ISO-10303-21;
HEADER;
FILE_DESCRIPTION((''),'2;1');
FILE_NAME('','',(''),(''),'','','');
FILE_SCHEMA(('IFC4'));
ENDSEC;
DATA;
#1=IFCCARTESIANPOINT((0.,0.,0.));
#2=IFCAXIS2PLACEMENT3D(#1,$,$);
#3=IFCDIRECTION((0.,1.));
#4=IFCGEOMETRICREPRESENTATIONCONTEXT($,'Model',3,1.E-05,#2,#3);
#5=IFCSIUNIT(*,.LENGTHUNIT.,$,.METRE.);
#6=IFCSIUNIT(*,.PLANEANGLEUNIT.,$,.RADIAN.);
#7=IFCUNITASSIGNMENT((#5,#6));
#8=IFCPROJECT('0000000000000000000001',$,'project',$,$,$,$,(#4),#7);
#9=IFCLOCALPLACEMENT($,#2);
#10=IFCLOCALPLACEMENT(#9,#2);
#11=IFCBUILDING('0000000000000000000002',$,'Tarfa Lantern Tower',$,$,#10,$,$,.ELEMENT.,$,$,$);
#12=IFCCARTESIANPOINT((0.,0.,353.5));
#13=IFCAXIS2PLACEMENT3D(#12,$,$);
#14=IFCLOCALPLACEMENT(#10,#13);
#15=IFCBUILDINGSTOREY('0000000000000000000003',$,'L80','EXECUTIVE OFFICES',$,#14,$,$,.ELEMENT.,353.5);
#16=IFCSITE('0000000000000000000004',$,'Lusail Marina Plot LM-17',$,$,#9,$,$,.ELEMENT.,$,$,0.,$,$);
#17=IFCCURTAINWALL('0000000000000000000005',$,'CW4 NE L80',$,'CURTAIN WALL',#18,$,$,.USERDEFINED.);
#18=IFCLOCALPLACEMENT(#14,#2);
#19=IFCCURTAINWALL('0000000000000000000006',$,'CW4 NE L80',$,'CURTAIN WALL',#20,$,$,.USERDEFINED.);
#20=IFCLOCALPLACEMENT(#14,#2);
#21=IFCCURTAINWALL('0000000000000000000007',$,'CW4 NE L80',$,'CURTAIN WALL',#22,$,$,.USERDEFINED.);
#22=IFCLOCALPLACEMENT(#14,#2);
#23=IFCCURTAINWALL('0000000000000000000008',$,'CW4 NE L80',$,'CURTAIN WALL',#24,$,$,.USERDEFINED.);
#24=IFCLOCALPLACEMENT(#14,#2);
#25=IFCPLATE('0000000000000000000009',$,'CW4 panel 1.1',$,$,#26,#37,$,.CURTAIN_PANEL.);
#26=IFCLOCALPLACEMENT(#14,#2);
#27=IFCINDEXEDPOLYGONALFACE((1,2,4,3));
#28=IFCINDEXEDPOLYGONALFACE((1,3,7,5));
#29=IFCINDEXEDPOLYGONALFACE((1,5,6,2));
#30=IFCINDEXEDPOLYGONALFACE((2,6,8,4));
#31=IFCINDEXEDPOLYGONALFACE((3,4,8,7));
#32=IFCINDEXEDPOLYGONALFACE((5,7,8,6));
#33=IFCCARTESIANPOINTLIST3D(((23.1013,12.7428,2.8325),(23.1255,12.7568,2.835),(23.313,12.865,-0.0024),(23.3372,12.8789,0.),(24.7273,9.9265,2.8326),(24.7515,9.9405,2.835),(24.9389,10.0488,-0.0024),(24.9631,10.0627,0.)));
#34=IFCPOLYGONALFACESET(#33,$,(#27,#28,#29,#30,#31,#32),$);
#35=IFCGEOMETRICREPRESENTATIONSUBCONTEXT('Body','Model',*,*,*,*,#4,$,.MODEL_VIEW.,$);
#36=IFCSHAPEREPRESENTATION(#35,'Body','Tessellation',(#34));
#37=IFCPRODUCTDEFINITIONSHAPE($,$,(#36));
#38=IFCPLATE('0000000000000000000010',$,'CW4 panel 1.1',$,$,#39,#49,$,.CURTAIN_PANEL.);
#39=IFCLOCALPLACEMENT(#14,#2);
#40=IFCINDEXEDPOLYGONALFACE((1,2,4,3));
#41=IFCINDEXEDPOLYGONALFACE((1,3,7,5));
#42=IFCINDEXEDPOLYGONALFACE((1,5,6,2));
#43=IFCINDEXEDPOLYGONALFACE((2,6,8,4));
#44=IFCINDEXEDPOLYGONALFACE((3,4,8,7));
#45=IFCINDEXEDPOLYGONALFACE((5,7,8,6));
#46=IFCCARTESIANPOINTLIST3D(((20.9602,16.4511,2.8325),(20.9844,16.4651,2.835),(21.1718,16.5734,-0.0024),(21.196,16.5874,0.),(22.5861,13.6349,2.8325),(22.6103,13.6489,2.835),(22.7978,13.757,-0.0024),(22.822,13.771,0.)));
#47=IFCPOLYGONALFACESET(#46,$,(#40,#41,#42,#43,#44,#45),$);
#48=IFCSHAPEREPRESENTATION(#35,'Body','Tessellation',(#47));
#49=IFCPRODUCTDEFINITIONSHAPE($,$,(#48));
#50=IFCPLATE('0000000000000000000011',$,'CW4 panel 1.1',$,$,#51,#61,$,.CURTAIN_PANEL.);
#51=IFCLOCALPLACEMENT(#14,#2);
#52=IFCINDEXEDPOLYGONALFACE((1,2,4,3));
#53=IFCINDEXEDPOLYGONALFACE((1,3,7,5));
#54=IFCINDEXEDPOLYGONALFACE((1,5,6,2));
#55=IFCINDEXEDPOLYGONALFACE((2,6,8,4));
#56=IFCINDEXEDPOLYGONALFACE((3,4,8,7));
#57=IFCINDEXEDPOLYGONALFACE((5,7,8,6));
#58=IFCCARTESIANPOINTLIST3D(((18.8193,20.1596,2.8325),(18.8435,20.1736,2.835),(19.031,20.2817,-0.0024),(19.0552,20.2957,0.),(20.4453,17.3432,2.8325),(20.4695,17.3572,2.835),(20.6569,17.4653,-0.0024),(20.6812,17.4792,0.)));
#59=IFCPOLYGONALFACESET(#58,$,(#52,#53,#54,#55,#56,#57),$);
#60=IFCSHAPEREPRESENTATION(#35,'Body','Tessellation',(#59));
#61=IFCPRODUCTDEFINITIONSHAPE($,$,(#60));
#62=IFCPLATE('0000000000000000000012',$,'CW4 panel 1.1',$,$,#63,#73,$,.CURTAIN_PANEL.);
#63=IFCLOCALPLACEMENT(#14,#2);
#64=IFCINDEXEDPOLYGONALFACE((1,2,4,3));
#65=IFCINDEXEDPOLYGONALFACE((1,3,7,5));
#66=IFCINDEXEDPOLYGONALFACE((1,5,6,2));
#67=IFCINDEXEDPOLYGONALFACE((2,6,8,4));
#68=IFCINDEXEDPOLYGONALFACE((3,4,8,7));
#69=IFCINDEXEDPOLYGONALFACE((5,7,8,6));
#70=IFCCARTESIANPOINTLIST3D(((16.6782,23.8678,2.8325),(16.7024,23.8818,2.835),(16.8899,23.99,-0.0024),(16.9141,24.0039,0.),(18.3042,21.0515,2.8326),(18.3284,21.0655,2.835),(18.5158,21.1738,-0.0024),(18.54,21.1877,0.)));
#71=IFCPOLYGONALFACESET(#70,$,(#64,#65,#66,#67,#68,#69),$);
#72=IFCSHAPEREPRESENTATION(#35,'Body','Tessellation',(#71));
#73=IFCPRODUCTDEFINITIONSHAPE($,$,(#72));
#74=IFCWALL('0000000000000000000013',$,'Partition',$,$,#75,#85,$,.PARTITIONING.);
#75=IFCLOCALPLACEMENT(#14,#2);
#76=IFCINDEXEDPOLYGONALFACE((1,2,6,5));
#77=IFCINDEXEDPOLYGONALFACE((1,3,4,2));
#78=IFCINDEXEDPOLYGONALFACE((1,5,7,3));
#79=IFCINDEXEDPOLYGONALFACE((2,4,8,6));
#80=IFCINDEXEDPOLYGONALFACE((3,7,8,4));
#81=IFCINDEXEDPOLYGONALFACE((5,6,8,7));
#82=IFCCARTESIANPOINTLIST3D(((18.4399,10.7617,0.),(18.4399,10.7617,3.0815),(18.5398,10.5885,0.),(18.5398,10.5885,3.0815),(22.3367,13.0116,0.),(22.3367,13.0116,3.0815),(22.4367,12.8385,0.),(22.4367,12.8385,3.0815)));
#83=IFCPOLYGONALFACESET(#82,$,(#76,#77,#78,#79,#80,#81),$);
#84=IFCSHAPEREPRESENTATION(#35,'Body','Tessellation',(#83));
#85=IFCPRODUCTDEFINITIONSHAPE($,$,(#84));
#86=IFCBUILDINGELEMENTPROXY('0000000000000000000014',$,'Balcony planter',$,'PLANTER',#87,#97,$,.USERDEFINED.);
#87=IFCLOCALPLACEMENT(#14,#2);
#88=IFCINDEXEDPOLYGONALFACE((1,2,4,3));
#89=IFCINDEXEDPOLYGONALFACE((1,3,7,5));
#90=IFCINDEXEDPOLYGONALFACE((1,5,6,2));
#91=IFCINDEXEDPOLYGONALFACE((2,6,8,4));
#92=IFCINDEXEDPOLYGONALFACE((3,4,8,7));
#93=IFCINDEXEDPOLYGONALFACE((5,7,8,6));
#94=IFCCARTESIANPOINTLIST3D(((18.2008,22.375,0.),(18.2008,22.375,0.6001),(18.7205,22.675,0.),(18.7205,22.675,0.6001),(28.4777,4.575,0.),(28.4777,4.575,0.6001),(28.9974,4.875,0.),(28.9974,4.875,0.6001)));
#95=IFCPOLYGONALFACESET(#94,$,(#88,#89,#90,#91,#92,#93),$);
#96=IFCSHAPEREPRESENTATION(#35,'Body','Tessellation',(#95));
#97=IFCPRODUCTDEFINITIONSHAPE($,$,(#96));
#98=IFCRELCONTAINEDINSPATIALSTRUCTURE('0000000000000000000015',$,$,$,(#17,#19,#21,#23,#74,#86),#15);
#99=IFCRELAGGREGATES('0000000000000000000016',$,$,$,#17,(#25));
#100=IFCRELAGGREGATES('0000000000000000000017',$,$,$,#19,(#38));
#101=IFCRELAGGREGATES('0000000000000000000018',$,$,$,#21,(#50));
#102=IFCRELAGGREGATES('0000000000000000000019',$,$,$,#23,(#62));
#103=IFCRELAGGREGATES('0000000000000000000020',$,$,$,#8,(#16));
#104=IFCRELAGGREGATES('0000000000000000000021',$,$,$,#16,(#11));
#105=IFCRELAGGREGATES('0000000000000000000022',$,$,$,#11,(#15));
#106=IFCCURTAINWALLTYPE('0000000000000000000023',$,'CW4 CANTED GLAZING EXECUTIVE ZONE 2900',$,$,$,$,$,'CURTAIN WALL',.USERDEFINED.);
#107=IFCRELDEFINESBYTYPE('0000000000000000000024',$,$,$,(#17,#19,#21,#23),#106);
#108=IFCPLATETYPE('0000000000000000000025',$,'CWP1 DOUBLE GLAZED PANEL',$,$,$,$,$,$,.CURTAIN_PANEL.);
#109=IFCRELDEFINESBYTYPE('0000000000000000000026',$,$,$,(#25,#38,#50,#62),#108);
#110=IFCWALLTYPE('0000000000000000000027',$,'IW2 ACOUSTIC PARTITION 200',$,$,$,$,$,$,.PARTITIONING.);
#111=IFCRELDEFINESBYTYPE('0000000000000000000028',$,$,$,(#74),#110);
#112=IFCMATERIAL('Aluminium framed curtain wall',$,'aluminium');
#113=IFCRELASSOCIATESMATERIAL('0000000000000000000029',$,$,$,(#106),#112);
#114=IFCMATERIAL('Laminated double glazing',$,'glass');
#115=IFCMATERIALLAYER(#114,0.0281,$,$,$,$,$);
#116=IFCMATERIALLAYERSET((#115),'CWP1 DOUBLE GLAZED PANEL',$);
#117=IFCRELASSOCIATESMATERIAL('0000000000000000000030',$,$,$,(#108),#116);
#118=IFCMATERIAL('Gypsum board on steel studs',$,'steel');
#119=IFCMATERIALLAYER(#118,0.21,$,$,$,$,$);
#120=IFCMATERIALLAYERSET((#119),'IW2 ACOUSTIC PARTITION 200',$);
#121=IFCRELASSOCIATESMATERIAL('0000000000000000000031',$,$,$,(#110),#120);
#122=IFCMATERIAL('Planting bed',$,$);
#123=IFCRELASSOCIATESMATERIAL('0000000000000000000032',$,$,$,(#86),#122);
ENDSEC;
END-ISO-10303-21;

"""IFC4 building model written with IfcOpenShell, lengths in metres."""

from ifc_helpers import new_model, si_unit, direction, frame, frame_2d, origin, origin_2d, place, context, subcontext, project, spatial, polyline, rectangle, outline, extrude, material, layer, layer_set, type_object, element, aggregate, save


model = new_model("IFC4")

# Units and contexts
model_context = context("Model", 3, precision=1e-05, world=origin(), true_north=direction((0.0, 1.0)))
body_context = subcontext(model_context, "Body", "Model", "MODEL_VIEW")
ifc_project = project(units=[si_unit("LENGTHUNIT", "METRE"), si_unit("PLANEANGLEUNIT", "RADIAN")], contexts=[model_context])

# Site, building, storey
site_placement = place(None, origin())
site = spatial("IfcSite", under=ifc_project, at=site_placement, Name="Lusail Marina Plot LM-17", CompositionType="ELEMENT", RefElevation=0.0)
building_placement = place(site_placement, origin())
building = spatial("IfcBuilding", under=site, at=building_placement, Name="Tarfa Lantern Tower", CompositionType="ELEMENT")
storey_placement = place(building_placement, frame((0.0, 0.0, 353.5)))
storey = spatial("IfcBuildingStorey", under=building, at=storey_placement, Name="L80", Description="EXECUTIVE OFFICES", CompositionType="ELEMENT", Elevation=353.5)

# Curtain wall
ifc_material_1 = material(Name="Aluminium framed curtain wall", Category="aluminium")
curtain_wall_type = type_object("IfcCurtainWallType", Name="CW4 CANTED GLAZING EXECUTIVE ZONE 2900", ElementType="CURTAIN WALL", PredefinedType="USERDEFINED", material=ifc_material_1)
curtain_wall_1_placement = place(storey_placement, origin())
curtain_wall_1 = element("IfcCurtainWall", 1, at=curtain_wall_1_placement, inside=storey, type_object=curtain_wall_type, Name="CW4 NE L80", ObjectType="CURTAIN WALL", PredefinedType="USERDEFINED")

# Curtain walls
curtain_wall_2_placement = place(storey_placement, origin())
curtain_wall_2 = element("IfcCurtainWall", 2, at=curtain_wall_2_placement, inside=storey, type_object=curtain_wall_type, Name="CW4 NE L80", ObjectType="CURTAIN WALL", PredefinedType="USERDEFINED")
curtain_wall_3_placement = place(storey_placement, origin())
curtain_wall_3 = element("IfcCurtainWall", 3, at=curtain_wall_3_placement, inside=storey, type_object=curtain_wall_type, Name="CW4 NE L80", ObjectType="CURTAIN WALL", PredefinedType="USERDEFINED")

# Curtain wall
curtain_wall_4_placement = place(storey_placement, origin())
curtain_wall_4 = element("IfcCurtainWall", 4, at=curtain_wall_4_placement, inside=storey, type_object=curtain_wall_type, Name="CW4 NE L80", ObjectType="CURTAIN WALL", PredefinedType="USERDEFINED")

# Plates
ifc_material_2 = material(Name="Laminated double glazing", Category="glass")
ifc_layer_1 = layer(ifc_material_2, 0.0281)
ifc_layer_set_1 = layer_set([ifc_layer_1], Name="CWP1 DOUBLE GLAZED PANEL")
plate_type = type_object("IfcPlateType", Name="CWP1 DOUBLE GLAZED PANEL", PredefinedType="CURTAIN_PANEL", material=ifc_layer_set_1)
plate_1_placement = place(storey_placement, frame((24.9631, 10.0627, 0.0), z_axis=(0.862826, 0.498151, 0.085893), x_axis=(-0.499999, 0.866026, 0.000002)))
plate_1 = element("IfcPlate", 5, at=plate_1_placement, type_object=plate_type, Name="CW4 panel 1.1", PredefinedType="CURTAIN_PANEL", context=body_context, shape_type="SweptSolid", body=[
    extrude(outline(polyline([(0.0, 0.0), (3.2519, 0.0), (3.252, 2.8455), (-0.0001, 2.8455), (0.0, 0.0)])), origin(), (0.0, 0.0, -1.0), 0.0281),
])
aggregate(curtain_wall_1, [plate_1])
plate_2_placement = place(storey_placement, frame((22.822, 13.771, 0.0), z_axis=(0.862826, 0.498151, 0.085893), x_axis=(-0.499999, 0.866026, -0.000002)))
plate_2 = element("IfcPlate", 6, at=plate_2_placement, type_object=plate_type, Name="CW4 panel 1.1", PredefinedType="CURTAIN_PANEL", context=body_context, shape_type="SweptSolid", body=[
    extrude(outline(polyline([(0.0, 0.0), (3.2521, 0.0), (3.252, 2.8455), (0.0001, 2.8455), (0.0, 0.0)])), origin(), (0.0, 0.0, -1.0), 0.0281),
])
aggregate(curtain_wall_2, [plate_2])
plate_3_placement = place(storey_placement, frame((20.6812, 17.4792, 0.0), z_axis=(0.862837, 0.498136, 0.085872), x_axis=(-0.499982, 0.866036, 0.0)))
plate_3 = element("IfcPlate", 7, at=plate_3_placement, type_object=plate_type, Name="CW4 panel 1.1", PredefinedType="CURTAIN_PANEL", context=body_context, shape_type="SweptSolid", body=[
    extrude(outline(polyline([(0.0, 0.0), (3.2521, 0.0), (3.2522, 2.8455), (0.0001, 2.8455), (0.0, 0.0)])), origin(), (0.0, 0.0, -1.0), 0.0281),
])
aggregate(curtain_wall_3, [plate_3])
plate_4_placement = place(storey_placement, frame((18.54, 21.1877, 0.0), z_axis=(0.862826, 0.498151, 0.085893), x_axis=(-0.499999, 0.866026, 0.000002)))
plate_4 = element("IfcPlate", 8, at=plate_4_placement, type_object=plate_type, Name="CW4 panel 1.1", PredefinedType="CURTAIN_PANEL", context=body_context, shape_type="SweptSolid", body=[
    extrude(outline(polyline([(0.0, 0.0), (3.2519, 0.0), (3.252, 2.8455), (-0.0001, 2.8455), (0.0, 0.0)])), origin(), (0.0, 0.0, -1.0), 0.0281),
])
aggregate(curtain_wall_4, [plate_4])

# Wall
ifc_material_3 = material(Name="Gypsum board on steel studs", Category="steel")
ifc_layer_2 = layer(ifc_material_3, 0.21)
ifc_layer_set_2 = layer_set([ifc_layer_2], Name="IW2 ACOUSTIC PARTITION 200")
wall_type = type_object("IfcWallType", Name="IW2 ACOUSTIC PARTITION 200", PredefinedType="PARTITIONING", material=ifc_layer_set_2)
wall_placement = place(storey_placement, frame((18.4897, 10.675, 0.0), z_axis=(0.0, 0.0, 1.0), x_axis=(0.866018, 0.500014, 0.0)))
element("IfcWall", 9, at=wall_placement, inside=storey, type_object=wall_type, Name="Partition", PredefinedType="PARTITIONING", context=body_context, shape_type="SweptSolid", body=[
    extrude(rectangle(XDim=4.4998, YDim=0.2, at=frame_2d((2.25, 0.0))), origin(), (0.0, 0.0, 1.0), 3.0815),
])

# Building element proxy
ifc_material_4 = material(Name="Planting bed")
proxy_placement = place(storey_placement, frame((23.5991, 13.625, 0.0), z_axis=(0.0, 0.0, 1.0), x_axis=(-0.5, 0.866025, 0.0)))
element("IfcBuildingElementProxy", 10, at=proxy_placement, inside=storey, material=ifc_material_4, Name="Balcony planter", ObjectType="PLANTER", PredefinedType="USERDEFINED", context=body_context, shape_type="SweptSolid", body=[
    extrude(rectangle(XDim=20.5537, YDim=0.6001, at=origin_2d()), origin(), (0.0, 0.0, 1.0), 0.6001),
])

save(model, "model.ifc")
